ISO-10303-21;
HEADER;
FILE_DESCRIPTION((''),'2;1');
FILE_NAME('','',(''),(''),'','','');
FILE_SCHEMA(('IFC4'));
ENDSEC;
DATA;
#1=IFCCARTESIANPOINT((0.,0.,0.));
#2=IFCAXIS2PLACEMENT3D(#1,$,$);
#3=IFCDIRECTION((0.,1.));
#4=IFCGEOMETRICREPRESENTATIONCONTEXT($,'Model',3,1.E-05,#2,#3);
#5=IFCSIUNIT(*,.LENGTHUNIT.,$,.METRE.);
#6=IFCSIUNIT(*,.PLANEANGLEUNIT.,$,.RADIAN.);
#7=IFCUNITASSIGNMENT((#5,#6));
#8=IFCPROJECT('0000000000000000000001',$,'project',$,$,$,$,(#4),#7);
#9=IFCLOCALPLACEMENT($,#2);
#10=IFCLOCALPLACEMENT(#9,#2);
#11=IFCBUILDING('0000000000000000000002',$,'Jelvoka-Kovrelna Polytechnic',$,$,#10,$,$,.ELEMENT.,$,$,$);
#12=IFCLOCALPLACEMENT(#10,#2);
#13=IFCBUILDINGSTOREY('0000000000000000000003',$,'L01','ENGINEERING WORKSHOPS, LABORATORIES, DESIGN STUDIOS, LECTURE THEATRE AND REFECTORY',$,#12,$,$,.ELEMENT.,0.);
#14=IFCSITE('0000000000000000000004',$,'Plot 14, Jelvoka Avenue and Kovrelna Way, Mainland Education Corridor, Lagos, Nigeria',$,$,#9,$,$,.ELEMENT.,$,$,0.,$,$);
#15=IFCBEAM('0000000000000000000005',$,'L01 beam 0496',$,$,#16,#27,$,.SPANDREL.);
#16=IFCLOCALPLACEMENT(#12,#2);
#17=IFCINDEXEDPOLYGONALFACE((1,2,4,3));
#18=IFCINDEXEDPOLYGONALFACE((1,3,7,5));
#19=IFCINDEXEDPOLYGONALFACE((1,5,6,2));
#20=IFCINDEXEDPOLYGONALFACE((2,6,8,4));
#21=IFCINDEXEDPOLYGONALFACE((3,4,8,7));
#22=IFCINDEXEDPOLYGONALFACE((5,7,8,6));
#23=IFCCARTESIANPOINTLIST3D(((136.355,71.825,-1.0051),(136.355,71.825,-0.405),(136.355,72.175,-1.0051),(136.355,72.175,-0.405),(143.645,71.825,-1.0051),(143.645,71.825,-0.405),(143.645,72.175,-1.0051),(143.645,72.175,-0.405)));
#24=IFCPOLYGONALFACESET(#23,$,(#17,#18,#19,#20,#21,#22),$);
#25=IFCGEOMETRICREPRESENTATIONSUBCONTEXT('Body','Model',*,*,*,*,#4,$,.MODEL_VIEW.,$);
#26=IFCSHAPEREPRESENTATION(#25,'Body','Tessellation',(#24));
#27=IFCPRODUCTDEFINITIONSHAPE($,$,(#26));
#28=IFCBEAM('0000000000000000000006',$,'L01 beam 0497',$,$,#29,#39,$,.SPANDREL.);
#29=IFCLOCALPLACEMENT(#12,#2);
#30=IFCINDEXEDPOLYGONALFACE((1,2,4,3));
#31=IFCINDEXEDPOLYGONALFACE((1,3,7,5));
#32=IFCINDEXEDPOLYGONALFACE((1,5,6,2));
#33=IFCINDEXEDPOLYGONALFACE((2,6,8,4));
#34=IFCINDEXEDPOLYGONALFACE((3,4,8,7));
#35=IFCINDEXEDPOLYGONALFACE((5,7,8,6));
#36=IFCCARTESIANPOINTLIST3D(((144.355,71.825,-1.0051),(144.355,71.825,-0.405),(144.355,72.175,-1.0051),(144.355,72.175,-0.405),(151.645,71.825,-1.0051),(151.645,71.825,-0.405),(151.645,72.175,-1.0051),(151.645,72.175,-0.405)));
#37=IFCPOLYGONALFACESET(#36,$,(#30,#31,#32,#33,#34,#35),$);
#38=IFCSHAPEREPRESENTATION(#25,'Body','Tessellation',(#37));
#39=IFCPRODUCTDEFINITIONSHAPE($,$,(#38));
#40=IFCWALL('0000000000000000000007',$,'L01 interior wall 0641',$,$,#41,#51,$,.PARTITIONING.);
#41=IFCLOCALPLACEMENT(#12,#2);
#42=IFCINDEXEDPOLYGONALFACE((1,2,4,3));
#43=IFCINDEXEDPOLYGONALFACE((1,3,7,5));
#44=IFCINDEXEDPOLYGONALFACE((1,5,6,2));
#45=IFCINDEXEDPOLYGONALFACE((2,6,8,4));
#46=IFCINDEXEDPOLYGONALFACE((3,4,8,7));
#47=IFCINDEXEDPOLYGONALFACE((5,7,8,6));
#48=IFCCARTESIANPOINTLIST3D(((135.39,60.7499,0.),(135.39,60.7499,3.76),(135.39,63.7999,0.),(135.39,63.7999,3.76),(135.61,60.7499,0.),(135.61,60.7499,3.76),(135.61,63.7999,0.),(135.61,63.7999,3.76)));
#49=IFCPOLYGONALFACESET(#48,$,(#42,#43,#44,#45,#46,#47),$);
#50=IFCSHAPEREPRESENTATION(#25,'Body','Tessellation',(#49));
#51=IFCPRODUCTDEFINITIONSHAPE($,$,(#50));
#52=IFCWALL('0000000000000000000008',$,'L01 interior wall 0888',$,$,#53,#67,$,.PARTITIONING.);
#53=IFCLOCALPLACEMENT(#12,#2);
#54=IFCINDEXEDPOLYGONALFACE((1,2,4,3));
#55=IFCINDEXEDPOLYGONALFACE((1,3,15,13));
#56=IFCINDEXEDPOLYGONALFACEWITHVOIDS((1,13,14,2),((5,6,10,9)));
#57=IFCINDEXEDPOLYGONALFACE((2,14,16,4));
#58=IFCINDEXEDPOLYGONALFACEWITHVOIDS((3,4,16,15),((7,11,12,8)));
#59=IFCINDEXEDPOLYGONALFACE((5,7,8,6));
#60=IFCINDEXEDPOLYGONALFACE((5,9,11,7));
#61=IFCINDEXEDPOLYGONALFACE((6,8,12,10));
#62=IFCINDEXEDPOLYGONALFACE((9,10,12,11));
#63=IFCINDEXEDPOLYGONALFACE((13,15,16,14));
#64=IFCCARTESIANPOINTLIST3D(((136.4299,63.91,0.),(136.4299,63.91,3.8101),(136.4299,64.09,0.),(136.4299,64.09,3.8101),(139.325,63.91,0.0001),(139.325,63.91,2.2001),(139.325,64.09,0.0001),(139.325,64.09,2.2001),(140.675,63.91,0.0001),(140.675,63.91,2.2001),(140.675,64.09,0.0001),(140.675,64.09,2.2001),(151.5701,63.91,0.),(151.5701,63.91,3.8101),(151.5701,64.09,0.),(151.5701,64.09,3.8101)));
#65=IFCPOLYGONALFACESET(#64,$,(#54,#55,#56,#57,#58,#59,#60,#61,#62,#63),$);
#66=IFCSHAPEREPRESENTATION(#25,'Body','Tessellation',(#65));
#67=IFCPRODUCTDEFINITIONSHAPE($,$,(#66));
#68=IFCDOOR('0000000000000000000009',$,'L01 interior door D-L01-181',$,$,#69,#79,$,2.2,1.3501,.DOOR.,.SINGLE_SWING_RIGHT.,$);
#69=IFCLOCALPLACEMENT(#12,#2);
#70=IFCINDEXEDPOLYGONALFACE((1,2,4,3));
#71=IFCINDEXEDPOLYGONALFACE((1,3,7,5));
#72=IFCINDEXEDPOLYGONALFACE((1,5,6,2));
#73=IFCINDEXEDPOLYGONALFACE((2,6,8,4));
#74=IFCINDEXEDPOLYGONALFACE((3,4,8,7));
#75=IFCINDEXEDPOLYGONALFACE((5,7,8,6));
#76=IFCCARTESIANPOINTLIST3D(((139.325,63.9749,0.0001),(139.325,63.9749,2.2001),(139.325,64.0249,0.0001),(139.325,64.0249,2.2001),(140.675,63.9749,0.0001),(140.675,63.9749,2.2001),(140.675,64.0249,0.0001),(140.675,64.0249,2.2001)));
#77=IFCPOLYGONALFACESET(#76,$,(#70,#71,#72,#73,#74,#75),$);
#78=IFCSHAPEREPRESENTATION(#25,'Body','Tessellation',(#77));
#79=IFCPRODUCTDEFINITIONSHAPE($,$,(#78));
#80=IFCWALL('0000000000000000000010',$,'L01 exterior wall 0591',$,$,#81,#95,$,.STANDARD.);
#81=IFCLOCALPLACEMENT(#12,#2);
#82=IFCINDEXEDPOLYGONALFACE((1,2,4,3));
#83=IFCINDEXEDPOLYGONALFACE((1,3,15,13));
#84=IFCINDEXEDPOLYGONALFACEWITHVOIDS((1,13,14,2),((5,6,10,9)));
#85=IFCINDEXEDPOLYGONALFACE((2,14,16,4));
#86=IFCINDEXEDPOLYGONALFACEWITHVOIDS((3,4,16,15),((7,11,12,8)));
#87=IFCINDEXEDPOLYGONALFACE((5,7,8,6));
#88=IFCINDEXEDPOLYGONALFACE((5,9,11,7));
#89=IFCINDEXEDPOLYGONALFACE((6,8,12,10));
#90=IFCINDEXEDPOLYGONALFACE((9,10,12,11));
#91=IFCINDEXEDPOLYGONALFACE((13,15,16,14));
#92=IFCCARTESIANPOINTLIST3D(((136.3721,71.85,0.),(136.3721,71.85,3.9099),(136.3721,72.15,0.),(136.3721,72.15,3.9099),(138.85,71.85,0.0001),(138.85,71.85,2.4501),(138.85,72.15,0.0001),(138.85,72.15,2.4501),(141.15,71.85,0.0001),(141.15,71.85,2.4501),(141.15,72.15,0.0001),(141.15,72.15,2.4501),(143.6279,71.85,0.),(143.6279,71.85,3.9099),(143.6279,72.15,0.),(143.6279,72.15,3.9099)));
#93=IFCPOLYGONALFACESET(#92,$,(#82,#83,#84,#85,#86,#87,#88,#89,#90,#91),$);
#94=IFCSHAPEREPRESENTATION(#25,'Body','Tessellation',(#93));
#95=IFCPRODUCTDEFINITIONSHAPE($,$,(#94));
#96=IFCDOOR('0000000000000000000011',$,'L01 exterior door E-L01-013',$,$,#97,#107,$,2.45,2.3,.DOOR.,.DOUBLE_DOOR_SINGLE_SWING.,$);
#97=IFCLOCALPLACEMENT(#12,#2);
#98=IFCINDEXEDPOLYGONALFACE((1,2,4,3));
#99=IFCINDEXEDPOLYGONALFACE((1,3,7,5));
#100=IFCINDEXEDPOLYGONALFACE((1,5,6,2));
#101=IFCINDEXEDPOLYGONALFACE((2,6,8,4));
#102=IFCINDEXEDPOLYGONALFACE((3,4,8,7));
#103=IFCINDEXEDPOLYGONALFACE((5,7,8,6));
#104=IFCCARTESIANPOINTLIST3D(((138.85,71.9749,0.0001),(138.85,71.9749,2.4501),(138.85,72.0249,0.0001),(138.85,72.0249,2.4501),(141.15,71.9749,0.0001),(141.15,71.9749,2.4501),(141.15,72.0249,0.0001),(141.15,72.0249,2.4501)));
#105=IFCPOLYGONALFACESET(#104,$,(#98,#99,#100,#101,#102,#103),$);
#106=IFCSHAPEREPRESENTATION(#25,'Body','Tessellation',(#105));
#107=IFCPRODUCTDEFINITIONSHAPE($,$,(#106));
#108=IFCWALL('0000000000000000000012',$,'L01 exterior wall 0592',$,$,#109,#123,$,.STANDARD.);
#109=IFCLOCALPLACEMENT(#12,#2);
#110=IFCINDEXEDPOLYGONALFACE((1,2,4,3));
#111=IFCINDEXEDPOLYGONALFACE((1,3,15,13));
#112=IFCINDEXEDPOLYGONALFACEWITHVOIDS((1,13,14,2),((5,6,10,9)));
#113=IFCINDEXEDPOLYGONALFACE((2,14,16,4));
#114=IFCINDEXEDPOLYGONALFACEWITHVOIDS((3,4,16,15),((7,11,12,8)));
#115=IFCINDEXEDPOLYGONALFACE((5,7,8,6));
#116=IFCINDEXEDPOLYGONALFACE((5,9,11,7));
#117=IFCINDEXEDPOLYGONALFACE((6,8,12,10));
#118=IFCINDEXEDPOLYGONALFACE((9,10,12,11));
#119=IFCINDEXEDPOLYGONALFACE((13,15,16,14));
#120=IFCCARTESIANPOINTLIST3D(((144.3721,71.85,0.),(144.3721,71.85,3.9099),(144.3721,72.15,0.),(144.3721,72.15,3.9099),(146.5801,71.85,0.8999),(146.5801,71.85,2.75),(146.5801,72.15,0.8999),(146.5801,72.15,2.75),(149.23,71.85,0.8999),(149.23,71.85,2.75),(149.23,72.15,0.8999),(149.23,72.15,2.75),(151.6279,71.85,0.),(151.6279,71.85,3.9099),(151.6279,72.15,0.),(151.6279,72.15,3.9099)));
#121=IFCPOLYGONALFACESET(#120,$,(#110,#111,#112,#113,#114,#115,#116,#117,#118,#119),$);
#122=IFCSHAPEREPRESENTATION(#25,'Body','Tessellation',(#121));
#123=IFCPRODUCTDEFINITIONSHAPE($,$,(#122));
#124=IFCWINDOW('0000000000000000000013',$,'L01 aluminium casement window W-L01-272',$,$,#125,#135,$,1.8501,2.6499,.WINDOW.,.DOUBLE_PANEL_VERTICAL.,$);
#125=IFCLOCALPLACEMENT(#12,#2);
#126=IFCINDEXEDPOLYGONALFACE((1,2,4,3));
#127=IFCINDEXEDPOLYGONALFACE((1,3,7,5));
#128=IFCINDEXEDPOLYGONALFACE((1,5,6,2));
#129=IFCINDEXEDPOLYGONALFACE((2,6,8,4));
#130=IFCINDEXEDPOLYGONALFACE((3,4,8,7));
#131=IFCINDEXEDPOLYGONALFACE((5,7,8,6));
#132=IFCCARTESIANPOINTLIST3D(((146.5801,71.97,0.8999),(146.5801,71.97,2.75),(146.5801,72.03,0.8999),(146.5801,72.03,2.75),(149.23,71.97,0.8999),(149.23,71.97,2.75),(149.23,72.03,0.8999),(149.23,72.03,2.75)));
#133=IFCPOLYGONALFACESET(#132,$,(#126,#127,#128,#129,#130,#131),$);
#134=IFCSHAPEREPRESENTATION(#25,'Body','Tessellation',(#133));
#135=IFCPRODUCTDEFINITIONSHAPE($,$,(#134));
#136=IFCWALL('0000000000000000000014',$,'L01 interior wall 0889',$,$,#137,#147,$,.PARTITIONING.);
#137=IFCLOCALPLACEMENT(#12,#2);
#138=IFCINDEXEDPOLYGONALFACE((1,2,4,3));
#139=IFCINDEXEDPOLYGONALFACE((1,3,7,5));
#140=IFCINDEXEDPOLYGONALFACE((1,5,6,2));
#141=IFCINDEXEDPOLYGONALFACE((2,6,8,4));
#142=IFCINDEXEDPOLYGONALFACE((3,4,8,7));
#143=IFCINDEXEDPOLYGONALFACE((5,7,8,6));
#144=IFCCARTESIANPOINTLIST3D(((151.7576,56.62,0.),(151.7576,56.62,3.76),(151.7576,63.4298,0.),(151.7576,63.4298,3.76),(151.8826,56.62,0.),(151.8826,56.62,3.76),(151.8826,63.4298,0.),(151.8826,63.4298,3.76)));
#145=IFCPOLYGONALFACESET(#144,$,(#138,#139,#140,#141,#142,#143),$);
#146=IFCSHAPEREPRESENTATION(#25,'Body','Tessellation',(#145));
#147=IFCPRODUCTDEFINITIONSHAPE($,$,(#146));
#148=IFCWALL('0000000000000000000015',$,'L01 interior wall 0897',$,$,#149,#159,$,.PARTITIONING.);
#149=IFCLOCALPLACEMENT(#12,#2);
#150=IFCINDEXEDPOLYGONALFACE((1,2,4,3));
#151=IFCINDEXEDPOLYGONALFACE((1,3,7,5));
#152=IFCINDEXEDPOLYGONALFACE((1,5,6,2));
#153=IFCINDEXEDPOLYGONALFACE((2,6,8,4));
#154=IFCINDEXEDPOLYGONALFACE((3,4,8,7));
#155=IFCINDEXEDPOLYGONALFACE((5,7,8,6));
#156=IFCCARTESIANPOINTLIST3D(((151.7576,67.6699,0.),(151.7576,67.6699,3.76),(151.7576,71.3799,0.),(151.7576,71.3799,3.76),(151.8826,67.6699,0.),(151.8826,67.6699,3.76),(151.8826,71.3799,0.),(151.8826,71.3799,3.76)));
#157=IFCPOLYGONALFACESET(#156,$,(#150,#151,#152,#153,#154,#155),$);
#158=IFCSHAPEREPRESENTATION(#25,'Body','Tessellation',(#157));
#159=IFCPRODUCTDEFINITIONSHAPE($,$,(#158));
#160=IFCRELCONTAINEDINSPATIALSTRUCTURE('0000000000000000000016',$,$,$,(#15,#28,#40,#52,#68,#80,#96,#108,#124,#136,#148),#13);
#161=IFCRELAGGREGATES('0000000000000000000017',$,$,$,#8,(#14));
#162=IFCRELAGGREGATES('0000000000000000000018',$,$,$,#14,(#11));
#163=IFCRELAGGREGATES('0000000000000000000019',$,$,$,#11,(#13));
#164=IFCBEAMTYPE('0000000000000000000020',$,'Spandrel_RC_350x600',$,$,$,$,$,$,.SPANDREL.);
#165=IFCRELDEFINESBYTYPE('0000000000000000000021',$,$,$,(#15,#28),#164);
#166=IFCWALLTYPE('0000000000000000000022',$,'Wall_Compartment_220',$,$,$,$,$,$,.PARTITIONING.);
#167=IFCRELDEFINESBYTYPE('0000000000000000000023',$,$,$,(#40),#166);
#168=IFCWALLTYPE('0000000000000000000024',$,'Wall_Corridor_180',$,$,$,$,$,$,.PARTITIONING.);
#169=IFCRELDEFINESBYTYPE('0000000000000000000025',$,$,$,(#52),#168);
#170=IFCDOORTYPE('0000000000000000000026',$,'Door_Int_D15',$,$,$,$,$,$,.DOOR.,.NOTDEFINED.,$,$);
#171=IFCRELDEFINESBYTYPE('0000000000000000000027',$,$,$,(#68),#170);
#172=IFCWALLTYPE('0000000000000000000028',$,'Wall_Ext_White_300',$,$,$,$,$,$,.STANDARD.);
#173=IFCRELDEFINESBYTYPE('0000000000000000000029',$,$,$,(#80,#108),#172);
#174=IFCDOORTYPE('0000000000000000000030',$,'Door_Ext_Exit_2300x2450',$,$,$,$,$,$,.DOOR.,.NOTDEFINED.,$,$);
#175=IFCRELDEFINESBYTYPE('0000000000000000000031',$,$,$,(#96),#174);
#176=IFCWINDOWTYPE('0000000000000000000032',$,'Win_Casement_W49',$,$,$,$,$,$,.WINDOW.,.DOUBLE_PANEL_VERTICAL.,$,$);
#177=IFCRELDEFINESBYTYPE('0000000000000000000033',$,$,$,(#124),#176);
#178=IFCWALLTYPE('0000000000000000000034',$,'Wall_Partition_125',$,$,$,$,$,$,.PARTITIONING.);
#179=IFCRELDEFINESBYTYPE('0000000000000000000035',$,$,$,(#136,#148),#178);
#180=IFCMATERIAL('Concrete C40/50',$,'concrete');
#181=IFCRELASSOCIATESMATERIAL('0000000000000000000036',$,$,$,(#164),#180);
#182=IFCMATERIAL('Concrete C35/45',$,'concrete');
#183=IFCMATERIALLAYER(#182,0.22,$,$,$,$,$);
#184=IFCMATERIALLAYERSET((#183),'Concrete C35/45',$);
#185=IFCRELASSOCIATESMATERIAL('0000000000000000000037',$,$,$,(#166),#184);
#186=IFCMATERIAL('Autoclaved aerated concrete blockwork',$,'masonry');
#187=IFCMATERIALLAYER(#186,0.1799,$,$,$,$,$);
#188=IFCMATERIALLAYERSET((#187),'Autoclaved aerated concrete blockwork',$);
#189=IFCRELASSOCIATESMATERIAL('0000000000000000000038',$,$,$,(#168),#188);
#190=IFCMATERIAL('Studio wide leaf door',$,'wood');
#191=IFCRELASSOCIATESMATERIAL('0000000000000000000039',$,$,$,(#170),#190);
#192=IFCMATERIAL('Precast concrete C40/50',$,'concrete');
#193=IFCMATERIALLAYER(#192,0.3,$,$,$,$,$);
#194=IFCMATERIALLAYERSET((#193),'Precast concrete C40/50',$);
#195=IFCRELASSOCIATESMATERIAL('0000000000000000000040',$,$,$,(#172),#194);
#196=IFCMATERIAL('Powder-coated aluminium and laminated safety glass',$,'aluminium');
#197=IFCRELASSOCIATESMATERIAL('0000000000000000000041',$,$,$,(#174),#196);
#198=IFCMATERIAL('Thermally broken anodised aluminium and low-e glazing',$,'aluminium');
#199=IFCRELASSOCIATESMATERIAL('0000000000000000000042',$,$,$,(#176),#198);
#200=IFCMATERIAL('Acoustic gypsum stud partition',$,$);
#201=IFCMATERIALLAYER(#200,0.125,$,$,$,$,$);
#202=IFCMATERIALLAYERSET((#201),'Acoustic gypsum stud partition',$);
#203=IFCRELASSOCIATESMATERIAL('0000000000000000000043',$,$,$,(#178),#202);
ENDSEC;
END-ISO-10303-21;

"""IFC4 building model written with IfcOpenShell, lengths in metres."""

from ifc_helpers import new_model, si_unit, direction, frame, frame_2d, origin, origin_2d, place, context, subcontext, project, spatial, rectangle, extrude, material, layer, layer_set, material_profile, profile_set, type_object, element, fill, save


model = new_model("IFC4")

# Units and contexts
model_context = context("Model", 3, precision=1e-05, world=origin(), true_north=direction((0.0, 1.0)))
body_context = subcontext(model_context, "Body", "Model", "MODEL_VIEW")
ifc_project = project(units=[si_unit("LENGTHUNIT", "METRE"), si_unit("PLANEANGLEUNIT", "RADIAN")], contexts=[model_context])

# Site, building, storey
site_placement = place(None, origin())
site = spatial("IfcSite", under=ifc_project, at=site_placement, Name="Plot 14, Jelvoka Avenue and Kovrelna Way, Mainland Education Corridor, Lagos, Nigeria", CompositionType="ELEMENT", RefElevation=0.0)
building_placement = place(site_placement, origin())
building = spatial("IfcBuilding", under=site, at=building_placement, Name="Jelvoka-Kovrelna Polytechnic", CompositionType="ELEMENT")
storey_placement = place(building_placement, origin())
storey = spatial("IfcBuildingStorey", under=building, at=storey_placement, Name="L01", Description="ENGINEERING WORKSHOPS, LABORATORIES, DESIGN STUDIOS, LECTURE THEATRE AND REFECTORY", CompositionType="ELEMENT", Elevation=0.0)

# Beams
ifc_material_1 = material(Name="Concrete C40/50", Category="concrete")
ifc_material_profile_1 = material_profile(ifc_material_1, rectangle(XDim=0.3501, YDim=0.6001, at=origin_2d()), Name="RC 350x600")
ifc_profile_set_1 = profile_set([ifc_material_profile_1], Name="Concrete C40/50")
beam_type_1 = type_object("IfcBeamType", Name="Spandrel_RC_350x600", PredefinedType="SPANDREL", material=ifc_profile_set_1)
for number, where, z_axis, x_axis, name in (
    (1, (136.355, 72.0, -0.7051), (1.0, 0.0, 0.0), (0.0, 1.0, 0.0), "L01 beam 0496"),
    (2, (144.355, 72.0, -0.7051), (1.0, 0.0, 0.0), (0.0, 1.0, 0.0), "L01 beam 0497"),
):
    element("IfcBeam", number, at=place(storey_placement, frame(where, z_axis=z_axis, x_axis=x_axis)), inside=storey, type_object=beam_type_1, Name=name, PredefinedType="SPANDREL", context=body_context, shape_type="SweptSolid", body=[
        extrude(rectangle(XDim=0.3501, YDim=0.6001, at=origin_2d()), origin(), (0.0, 0.0, 1.0), 7.29),
    ])

# Wall
ifc_material_2 = material(Name="Concrete C35/45", Category="concrete")
ifc_layer_1 = layer(ifc_material_2, 0.22)
ifc_layer_set_1 = layer_set([ifc_layer_1], Name="Concrete C35/45")
wall_type_1 = type_object("IfcWallType", Name="Wall_Compartment_220", PredefinedType="PARTITIONING", material=ifc_layer_set_1)
wall_1_placement = place(storey_placement, frame((135.5, 60.75, 0.0), z_axis=(0.0, 0.0, 1.0), x_axis=(0.0, 1.0, 0.0)))
element("IfcWall", 3, at=wall_1_placement, inside=storey, type_object=wall_type_1, Name="L01 interior wall 0641", PredefinedType="PARTITIONING", context=body_context, shape_type="SweptSolid", body=[
    extrude(rectangle(XDim=3.05, YDim=0.22, at=frame_2d((1.5249, 0.0))), origin(), (0.0, 0.0, 1.0), 3.76),
])

# Walls, openings, doors
ifc_material_3 = material(Name="Autoclaved aerated concrete blockwork", Category="masonry")
ifc_layer_2 = layer(ifc_material_3, 0.1799)
ifc_layer_set_2 = layer_set([ifc_layer_2], Name="Autoclaved aerated concrete blockwork")
wall_type_2 = type_object("IfcWallType", Name="Wall_Corridor_180", PredefinedType="PARTITIONING", material=ifc_layer_set_2)
wall_2_placement = place(storey_placement, frame((136.4299, 64.0, 0.0), z_axis=(0.0, 0.0, 1.0), x_axis=(1.0, 0.0, 0.0)))
wall_2 = element("IfcWall", 4, at=wall_2_placement, inside=storey, type_object=wall_type_2, Name="L01 interior wall 0888", PredefinedType="PARTITIONING", context=body_context, shape_type="SweptSolid", body=[
    extrude(rectangle(XDim=15.1401, YDim=0.1799, at=frame_2d((7.5701, 0.0))), origin(), (0.0, 0.0, 1.0), 3.8101),
])
opening_1_placement = place(wall_2_placement, frame((2.895, 0.0, 0.0)))
opening_1 = element("IfcOpeningElement", 5, at=opening_1_placement, cuts=wall_2, PredefinedType="OPENING", context=body_context, shape_type="SweptSolid", body=[
    extrude(rectangle(XDim=1.3501, YDim=2.2, at=frame_2d((0.675, 1.1001))), frame((0.0, 0.0999, 0.0), z_axis=(0.0, -1.0, 0.0), x_axis=(1.0, 0.0, 0.0)), (0.0, 0.0, 1.0), 0.2),
])
ifc_material_4 = material(Name="Studio wide leaf door", Category="wood")
door_type_1 = type_object("IfcDoorType", Name="Door_Int_D15", OperationType="NOTDEFINED", PredefinedType="DOOR", material=ifc_material_4)
door_1_placement = place(opening_1_placement, origin())
door_1 = element("IfcDoor", 6, at=door_1_placement, inside=storey, type_object=door_type_1, Name="L01 interior door D-L01-181", OperationType="SINGLE_SWING_RIGHT", OverallHeight=2.2, OverallWidth=1.3501, PredefinedType="DOOR", context=body_context, shape_type="SweptSolid", body=[
    extrude(rectangle(XDim=1.3501, YDim=2.2, at=frame_2d((0.675, 1.1001))), frame((0.0, 0.0249, 0.0), z_axis=(0.0, -1.0, 0.0), x_axis=(1.0, 0.0, 0.0)), (0.0, 0.0, 1.0), 0.05),
])
fill(opening_1, door_1)
ifc_material_5 = material(Name="Precast concrete C40/50", Category="concrete")
ifc_layer_3 = layer(ifc_material_5, 0.3)
ifc_layer_set_3 = layer_set([ifc_layer_3], Name="Precast concrete C40/50")
wall_type_3 = type_object("IfcWallType", Name="Wall_Ext_White_300", PredefinedType="STANDARD", material=ifc_layer_set_3)
wall_3_placement = place(storey_placement, frame((136.3721, 72.0, 0.0), z_axis=(0.0, 0.0, 1.0), x_axis=(1.0, 0.0, 0.0)))
wall_3 = element("IfcWall", 7, at=wall_3_placement, inside=storey, type_object=wall_type_3, Name="L01 exterior wall 0591", PredefinedType="STANDARD", context=body_context, shape_type="SweptSolid", body=[
    extrude(rectangle(XDim=7.2559, YDim=0.3, at=frame_2d((3.6279, 0.0))), origin(), (0.0, 0.0, 1.0), 3.9099),
])
opening_2_placement = place(wall_3_placement, frame((2.478, 0.0, 0.0)))
opening_2 = element("IfcOpeningElement", 8, at=opening_2_placement, cuts=wall_3, PredefinedType="OPENING", context=body_context, shape_type="SweptSolid", body=[
    extrude(rectangle(XDim=2.3, YDim=2.45, at=frame_2d((1.1499, 1.2251))), frame((0.0, 0.1599, 0.0), z_axis=(0.0, -1.0, 0.0), x_axis=(1.0, 0.0, 0.0)), (0.0, 0.0, 1.0), 0.3201),
])
ifc_material_6 = material(Name="Powder-coated aluminium and laminated safety glass", Category="aluminium")
door_type_2 = type_object("IfcDoorType", Name="Door_Ext_Exit_2300x2450", OperationType="NOTDEFINED", PredefinedType="DOOR", material=ifc_material_6)
door_2_placement = place(opening_2_placement, origin())
door_2 = element("IfcDoor", 9, at=door_2_placement, inside=storey, type_object=door_type_2, Name="L01 exterior door E-L01-013", OperationType="DOUBLE_DOOR_SINGLE_SWING", OverallHeight=2.45, OverallWidth=2.3, PredefinedType="DOOR", context=body_context, shape_type="SweptSolid", body=[
    extrude(rectangle(XDim=2.3, YDim=2.45, at=frame_2d((1.1499, 1.2251))), frame((0.0, 0.0249, 0.0), z_axis=(0.0, -1.0, 0.0), x_axis=(1.0, 0.0, 0.0)), (0.0, 0.0, 1.0), 0.05),
])
fill(opening_2, door_2)

# Wall, opening, window
wall_4_placement = place(storey_placement, frame((144.3721, 72.0, 0.0), z_axis=(0.0, 0.0, 1.0), x_axis=(1.0, 0.0, 0.0)))
wall_4 = element("IfcWall", 10, at=wall_4_placement, inside=storey, type_object=wall_type_3, Name="L01 exterior wall 0592", PredefinedType="STANDARD", context=body_context, shape_type="SweptSolid", body=[
    extrude(rectangle(XDim=7.2559, YDim=0.3, at=frame_2d((3.6279, 0.0))), origin(), (0.0, 0.0, 1.0), 3.9099),
])
opening_3_placement = place(wall_4_placement, frame((2.208, 0.0, 0.8999)))
opening_3 = element("IfcOpeningElement", 11, at=opening_3_placement, cuts=wall_4, PredefinedType="OPENING", context=body_context, shape_type="SweptSolid", body=[
    extrude(rectangle(XDim=2.6499, YDim=1.8501, at=frame_2d((1.325, 0.925))), frame((0.0, 0.1599, 0.0), z_axis=(0.0, -1.0, 0.0), x_axis=(1.0, 0.0, 0.0)), (0.0, 0.0, 1.0), 0.3201),
])
ifc_material_7 = material(Name="Thermally broken anodised aluminium and low-e glazing", Category="aluminium")
window_type = type_object("IfcWindowType", Name="Win_Casement_W49", PartitioningType="DOUBLE_PANEL_VERTICAL", PredefinedType="WINDOW", material=ifc_material_7)
window_placement = place(opening_3_placement, origin())
window = element("IfcWindow", 12, at=window_placement, inside=storey, type_object=window_type, Name="L01 aluminium casement window W-L01-272", OverallHeight=1.8501, OverallWidth=2.6499, PartitioningType="DOUBLE_PANEL_VERTICAL", PredefinedType="WINDOW", context=body_context, shape_type="SweptSolid", body=[
    extrude(rectangle(XDim=2.6499, YDim=1.8501, at=frame_2d((1.325, 0.925))), frame((0.0, 0.03, 0.0), z_axis=(0.0, -1.0, 0.0), x_axis=(1.0, 0.0, 0.0)), (0.0, 0.0, 1.0), 0.0601),
])
fill(opening_3, window)

# Walls
ifc_material_8 = material(Name="Acoustic gypsum stud partition")
ifc_layer_4 = layer(ifc_material_8, 0.125)
ifc_layer_set_4 = layer_set([ifc_layer_4], Name="Acoustic gypsum stud partition")
wall_type_4 = type_object("IfcWallType", Name="Wall_Partition_125", PredefinedType="PARTITIONING", material=ifc_layer_set_4)
wall_5_placement = place(storey_placement, frame((151.8201, 56.6201, 0.0), z_axis=(0.0, 0.0, 1.0), x_axis=(0.0, 1.0, 0.0)))
element("IfcWall", 13, at=wall_5_placement, inside=storey, type_object=wall_type_4, Name="L01 interior wall 0889", PredefinedType="PARTITIONING", context=body_context, shape_type="SweptSolid", body=[
    extrude(rectangle(XDim=6.8098, YDim=0.125, at=frame_2d((3.4048, 0.0))), origin(), (0.0, 0.0, 1.0), 3.76),
])
wall_6_placement = place(storey_placement, frame((151.8201, 67.6699, 0.0), z_axis=(0.0, 0.0, 1.0), x_axis=(0.0, 1.0, 0.0)))
element("IfcWall", 14, at=wall_6_placement, inside=storey, type_object=wall_type_4, Name="L01 interior wall 0897", PredefinedType="PARTITIONING", context=body_context, shape_type="SweptSolid", body=[
    extrude(rectangle(XDim=3.71, YDim=0.125, at=frame_2d((1.855, 0.0))), origin(), (0.0, 0.0, 1.0), 3.76),
])

save(model, "model.ifc")
